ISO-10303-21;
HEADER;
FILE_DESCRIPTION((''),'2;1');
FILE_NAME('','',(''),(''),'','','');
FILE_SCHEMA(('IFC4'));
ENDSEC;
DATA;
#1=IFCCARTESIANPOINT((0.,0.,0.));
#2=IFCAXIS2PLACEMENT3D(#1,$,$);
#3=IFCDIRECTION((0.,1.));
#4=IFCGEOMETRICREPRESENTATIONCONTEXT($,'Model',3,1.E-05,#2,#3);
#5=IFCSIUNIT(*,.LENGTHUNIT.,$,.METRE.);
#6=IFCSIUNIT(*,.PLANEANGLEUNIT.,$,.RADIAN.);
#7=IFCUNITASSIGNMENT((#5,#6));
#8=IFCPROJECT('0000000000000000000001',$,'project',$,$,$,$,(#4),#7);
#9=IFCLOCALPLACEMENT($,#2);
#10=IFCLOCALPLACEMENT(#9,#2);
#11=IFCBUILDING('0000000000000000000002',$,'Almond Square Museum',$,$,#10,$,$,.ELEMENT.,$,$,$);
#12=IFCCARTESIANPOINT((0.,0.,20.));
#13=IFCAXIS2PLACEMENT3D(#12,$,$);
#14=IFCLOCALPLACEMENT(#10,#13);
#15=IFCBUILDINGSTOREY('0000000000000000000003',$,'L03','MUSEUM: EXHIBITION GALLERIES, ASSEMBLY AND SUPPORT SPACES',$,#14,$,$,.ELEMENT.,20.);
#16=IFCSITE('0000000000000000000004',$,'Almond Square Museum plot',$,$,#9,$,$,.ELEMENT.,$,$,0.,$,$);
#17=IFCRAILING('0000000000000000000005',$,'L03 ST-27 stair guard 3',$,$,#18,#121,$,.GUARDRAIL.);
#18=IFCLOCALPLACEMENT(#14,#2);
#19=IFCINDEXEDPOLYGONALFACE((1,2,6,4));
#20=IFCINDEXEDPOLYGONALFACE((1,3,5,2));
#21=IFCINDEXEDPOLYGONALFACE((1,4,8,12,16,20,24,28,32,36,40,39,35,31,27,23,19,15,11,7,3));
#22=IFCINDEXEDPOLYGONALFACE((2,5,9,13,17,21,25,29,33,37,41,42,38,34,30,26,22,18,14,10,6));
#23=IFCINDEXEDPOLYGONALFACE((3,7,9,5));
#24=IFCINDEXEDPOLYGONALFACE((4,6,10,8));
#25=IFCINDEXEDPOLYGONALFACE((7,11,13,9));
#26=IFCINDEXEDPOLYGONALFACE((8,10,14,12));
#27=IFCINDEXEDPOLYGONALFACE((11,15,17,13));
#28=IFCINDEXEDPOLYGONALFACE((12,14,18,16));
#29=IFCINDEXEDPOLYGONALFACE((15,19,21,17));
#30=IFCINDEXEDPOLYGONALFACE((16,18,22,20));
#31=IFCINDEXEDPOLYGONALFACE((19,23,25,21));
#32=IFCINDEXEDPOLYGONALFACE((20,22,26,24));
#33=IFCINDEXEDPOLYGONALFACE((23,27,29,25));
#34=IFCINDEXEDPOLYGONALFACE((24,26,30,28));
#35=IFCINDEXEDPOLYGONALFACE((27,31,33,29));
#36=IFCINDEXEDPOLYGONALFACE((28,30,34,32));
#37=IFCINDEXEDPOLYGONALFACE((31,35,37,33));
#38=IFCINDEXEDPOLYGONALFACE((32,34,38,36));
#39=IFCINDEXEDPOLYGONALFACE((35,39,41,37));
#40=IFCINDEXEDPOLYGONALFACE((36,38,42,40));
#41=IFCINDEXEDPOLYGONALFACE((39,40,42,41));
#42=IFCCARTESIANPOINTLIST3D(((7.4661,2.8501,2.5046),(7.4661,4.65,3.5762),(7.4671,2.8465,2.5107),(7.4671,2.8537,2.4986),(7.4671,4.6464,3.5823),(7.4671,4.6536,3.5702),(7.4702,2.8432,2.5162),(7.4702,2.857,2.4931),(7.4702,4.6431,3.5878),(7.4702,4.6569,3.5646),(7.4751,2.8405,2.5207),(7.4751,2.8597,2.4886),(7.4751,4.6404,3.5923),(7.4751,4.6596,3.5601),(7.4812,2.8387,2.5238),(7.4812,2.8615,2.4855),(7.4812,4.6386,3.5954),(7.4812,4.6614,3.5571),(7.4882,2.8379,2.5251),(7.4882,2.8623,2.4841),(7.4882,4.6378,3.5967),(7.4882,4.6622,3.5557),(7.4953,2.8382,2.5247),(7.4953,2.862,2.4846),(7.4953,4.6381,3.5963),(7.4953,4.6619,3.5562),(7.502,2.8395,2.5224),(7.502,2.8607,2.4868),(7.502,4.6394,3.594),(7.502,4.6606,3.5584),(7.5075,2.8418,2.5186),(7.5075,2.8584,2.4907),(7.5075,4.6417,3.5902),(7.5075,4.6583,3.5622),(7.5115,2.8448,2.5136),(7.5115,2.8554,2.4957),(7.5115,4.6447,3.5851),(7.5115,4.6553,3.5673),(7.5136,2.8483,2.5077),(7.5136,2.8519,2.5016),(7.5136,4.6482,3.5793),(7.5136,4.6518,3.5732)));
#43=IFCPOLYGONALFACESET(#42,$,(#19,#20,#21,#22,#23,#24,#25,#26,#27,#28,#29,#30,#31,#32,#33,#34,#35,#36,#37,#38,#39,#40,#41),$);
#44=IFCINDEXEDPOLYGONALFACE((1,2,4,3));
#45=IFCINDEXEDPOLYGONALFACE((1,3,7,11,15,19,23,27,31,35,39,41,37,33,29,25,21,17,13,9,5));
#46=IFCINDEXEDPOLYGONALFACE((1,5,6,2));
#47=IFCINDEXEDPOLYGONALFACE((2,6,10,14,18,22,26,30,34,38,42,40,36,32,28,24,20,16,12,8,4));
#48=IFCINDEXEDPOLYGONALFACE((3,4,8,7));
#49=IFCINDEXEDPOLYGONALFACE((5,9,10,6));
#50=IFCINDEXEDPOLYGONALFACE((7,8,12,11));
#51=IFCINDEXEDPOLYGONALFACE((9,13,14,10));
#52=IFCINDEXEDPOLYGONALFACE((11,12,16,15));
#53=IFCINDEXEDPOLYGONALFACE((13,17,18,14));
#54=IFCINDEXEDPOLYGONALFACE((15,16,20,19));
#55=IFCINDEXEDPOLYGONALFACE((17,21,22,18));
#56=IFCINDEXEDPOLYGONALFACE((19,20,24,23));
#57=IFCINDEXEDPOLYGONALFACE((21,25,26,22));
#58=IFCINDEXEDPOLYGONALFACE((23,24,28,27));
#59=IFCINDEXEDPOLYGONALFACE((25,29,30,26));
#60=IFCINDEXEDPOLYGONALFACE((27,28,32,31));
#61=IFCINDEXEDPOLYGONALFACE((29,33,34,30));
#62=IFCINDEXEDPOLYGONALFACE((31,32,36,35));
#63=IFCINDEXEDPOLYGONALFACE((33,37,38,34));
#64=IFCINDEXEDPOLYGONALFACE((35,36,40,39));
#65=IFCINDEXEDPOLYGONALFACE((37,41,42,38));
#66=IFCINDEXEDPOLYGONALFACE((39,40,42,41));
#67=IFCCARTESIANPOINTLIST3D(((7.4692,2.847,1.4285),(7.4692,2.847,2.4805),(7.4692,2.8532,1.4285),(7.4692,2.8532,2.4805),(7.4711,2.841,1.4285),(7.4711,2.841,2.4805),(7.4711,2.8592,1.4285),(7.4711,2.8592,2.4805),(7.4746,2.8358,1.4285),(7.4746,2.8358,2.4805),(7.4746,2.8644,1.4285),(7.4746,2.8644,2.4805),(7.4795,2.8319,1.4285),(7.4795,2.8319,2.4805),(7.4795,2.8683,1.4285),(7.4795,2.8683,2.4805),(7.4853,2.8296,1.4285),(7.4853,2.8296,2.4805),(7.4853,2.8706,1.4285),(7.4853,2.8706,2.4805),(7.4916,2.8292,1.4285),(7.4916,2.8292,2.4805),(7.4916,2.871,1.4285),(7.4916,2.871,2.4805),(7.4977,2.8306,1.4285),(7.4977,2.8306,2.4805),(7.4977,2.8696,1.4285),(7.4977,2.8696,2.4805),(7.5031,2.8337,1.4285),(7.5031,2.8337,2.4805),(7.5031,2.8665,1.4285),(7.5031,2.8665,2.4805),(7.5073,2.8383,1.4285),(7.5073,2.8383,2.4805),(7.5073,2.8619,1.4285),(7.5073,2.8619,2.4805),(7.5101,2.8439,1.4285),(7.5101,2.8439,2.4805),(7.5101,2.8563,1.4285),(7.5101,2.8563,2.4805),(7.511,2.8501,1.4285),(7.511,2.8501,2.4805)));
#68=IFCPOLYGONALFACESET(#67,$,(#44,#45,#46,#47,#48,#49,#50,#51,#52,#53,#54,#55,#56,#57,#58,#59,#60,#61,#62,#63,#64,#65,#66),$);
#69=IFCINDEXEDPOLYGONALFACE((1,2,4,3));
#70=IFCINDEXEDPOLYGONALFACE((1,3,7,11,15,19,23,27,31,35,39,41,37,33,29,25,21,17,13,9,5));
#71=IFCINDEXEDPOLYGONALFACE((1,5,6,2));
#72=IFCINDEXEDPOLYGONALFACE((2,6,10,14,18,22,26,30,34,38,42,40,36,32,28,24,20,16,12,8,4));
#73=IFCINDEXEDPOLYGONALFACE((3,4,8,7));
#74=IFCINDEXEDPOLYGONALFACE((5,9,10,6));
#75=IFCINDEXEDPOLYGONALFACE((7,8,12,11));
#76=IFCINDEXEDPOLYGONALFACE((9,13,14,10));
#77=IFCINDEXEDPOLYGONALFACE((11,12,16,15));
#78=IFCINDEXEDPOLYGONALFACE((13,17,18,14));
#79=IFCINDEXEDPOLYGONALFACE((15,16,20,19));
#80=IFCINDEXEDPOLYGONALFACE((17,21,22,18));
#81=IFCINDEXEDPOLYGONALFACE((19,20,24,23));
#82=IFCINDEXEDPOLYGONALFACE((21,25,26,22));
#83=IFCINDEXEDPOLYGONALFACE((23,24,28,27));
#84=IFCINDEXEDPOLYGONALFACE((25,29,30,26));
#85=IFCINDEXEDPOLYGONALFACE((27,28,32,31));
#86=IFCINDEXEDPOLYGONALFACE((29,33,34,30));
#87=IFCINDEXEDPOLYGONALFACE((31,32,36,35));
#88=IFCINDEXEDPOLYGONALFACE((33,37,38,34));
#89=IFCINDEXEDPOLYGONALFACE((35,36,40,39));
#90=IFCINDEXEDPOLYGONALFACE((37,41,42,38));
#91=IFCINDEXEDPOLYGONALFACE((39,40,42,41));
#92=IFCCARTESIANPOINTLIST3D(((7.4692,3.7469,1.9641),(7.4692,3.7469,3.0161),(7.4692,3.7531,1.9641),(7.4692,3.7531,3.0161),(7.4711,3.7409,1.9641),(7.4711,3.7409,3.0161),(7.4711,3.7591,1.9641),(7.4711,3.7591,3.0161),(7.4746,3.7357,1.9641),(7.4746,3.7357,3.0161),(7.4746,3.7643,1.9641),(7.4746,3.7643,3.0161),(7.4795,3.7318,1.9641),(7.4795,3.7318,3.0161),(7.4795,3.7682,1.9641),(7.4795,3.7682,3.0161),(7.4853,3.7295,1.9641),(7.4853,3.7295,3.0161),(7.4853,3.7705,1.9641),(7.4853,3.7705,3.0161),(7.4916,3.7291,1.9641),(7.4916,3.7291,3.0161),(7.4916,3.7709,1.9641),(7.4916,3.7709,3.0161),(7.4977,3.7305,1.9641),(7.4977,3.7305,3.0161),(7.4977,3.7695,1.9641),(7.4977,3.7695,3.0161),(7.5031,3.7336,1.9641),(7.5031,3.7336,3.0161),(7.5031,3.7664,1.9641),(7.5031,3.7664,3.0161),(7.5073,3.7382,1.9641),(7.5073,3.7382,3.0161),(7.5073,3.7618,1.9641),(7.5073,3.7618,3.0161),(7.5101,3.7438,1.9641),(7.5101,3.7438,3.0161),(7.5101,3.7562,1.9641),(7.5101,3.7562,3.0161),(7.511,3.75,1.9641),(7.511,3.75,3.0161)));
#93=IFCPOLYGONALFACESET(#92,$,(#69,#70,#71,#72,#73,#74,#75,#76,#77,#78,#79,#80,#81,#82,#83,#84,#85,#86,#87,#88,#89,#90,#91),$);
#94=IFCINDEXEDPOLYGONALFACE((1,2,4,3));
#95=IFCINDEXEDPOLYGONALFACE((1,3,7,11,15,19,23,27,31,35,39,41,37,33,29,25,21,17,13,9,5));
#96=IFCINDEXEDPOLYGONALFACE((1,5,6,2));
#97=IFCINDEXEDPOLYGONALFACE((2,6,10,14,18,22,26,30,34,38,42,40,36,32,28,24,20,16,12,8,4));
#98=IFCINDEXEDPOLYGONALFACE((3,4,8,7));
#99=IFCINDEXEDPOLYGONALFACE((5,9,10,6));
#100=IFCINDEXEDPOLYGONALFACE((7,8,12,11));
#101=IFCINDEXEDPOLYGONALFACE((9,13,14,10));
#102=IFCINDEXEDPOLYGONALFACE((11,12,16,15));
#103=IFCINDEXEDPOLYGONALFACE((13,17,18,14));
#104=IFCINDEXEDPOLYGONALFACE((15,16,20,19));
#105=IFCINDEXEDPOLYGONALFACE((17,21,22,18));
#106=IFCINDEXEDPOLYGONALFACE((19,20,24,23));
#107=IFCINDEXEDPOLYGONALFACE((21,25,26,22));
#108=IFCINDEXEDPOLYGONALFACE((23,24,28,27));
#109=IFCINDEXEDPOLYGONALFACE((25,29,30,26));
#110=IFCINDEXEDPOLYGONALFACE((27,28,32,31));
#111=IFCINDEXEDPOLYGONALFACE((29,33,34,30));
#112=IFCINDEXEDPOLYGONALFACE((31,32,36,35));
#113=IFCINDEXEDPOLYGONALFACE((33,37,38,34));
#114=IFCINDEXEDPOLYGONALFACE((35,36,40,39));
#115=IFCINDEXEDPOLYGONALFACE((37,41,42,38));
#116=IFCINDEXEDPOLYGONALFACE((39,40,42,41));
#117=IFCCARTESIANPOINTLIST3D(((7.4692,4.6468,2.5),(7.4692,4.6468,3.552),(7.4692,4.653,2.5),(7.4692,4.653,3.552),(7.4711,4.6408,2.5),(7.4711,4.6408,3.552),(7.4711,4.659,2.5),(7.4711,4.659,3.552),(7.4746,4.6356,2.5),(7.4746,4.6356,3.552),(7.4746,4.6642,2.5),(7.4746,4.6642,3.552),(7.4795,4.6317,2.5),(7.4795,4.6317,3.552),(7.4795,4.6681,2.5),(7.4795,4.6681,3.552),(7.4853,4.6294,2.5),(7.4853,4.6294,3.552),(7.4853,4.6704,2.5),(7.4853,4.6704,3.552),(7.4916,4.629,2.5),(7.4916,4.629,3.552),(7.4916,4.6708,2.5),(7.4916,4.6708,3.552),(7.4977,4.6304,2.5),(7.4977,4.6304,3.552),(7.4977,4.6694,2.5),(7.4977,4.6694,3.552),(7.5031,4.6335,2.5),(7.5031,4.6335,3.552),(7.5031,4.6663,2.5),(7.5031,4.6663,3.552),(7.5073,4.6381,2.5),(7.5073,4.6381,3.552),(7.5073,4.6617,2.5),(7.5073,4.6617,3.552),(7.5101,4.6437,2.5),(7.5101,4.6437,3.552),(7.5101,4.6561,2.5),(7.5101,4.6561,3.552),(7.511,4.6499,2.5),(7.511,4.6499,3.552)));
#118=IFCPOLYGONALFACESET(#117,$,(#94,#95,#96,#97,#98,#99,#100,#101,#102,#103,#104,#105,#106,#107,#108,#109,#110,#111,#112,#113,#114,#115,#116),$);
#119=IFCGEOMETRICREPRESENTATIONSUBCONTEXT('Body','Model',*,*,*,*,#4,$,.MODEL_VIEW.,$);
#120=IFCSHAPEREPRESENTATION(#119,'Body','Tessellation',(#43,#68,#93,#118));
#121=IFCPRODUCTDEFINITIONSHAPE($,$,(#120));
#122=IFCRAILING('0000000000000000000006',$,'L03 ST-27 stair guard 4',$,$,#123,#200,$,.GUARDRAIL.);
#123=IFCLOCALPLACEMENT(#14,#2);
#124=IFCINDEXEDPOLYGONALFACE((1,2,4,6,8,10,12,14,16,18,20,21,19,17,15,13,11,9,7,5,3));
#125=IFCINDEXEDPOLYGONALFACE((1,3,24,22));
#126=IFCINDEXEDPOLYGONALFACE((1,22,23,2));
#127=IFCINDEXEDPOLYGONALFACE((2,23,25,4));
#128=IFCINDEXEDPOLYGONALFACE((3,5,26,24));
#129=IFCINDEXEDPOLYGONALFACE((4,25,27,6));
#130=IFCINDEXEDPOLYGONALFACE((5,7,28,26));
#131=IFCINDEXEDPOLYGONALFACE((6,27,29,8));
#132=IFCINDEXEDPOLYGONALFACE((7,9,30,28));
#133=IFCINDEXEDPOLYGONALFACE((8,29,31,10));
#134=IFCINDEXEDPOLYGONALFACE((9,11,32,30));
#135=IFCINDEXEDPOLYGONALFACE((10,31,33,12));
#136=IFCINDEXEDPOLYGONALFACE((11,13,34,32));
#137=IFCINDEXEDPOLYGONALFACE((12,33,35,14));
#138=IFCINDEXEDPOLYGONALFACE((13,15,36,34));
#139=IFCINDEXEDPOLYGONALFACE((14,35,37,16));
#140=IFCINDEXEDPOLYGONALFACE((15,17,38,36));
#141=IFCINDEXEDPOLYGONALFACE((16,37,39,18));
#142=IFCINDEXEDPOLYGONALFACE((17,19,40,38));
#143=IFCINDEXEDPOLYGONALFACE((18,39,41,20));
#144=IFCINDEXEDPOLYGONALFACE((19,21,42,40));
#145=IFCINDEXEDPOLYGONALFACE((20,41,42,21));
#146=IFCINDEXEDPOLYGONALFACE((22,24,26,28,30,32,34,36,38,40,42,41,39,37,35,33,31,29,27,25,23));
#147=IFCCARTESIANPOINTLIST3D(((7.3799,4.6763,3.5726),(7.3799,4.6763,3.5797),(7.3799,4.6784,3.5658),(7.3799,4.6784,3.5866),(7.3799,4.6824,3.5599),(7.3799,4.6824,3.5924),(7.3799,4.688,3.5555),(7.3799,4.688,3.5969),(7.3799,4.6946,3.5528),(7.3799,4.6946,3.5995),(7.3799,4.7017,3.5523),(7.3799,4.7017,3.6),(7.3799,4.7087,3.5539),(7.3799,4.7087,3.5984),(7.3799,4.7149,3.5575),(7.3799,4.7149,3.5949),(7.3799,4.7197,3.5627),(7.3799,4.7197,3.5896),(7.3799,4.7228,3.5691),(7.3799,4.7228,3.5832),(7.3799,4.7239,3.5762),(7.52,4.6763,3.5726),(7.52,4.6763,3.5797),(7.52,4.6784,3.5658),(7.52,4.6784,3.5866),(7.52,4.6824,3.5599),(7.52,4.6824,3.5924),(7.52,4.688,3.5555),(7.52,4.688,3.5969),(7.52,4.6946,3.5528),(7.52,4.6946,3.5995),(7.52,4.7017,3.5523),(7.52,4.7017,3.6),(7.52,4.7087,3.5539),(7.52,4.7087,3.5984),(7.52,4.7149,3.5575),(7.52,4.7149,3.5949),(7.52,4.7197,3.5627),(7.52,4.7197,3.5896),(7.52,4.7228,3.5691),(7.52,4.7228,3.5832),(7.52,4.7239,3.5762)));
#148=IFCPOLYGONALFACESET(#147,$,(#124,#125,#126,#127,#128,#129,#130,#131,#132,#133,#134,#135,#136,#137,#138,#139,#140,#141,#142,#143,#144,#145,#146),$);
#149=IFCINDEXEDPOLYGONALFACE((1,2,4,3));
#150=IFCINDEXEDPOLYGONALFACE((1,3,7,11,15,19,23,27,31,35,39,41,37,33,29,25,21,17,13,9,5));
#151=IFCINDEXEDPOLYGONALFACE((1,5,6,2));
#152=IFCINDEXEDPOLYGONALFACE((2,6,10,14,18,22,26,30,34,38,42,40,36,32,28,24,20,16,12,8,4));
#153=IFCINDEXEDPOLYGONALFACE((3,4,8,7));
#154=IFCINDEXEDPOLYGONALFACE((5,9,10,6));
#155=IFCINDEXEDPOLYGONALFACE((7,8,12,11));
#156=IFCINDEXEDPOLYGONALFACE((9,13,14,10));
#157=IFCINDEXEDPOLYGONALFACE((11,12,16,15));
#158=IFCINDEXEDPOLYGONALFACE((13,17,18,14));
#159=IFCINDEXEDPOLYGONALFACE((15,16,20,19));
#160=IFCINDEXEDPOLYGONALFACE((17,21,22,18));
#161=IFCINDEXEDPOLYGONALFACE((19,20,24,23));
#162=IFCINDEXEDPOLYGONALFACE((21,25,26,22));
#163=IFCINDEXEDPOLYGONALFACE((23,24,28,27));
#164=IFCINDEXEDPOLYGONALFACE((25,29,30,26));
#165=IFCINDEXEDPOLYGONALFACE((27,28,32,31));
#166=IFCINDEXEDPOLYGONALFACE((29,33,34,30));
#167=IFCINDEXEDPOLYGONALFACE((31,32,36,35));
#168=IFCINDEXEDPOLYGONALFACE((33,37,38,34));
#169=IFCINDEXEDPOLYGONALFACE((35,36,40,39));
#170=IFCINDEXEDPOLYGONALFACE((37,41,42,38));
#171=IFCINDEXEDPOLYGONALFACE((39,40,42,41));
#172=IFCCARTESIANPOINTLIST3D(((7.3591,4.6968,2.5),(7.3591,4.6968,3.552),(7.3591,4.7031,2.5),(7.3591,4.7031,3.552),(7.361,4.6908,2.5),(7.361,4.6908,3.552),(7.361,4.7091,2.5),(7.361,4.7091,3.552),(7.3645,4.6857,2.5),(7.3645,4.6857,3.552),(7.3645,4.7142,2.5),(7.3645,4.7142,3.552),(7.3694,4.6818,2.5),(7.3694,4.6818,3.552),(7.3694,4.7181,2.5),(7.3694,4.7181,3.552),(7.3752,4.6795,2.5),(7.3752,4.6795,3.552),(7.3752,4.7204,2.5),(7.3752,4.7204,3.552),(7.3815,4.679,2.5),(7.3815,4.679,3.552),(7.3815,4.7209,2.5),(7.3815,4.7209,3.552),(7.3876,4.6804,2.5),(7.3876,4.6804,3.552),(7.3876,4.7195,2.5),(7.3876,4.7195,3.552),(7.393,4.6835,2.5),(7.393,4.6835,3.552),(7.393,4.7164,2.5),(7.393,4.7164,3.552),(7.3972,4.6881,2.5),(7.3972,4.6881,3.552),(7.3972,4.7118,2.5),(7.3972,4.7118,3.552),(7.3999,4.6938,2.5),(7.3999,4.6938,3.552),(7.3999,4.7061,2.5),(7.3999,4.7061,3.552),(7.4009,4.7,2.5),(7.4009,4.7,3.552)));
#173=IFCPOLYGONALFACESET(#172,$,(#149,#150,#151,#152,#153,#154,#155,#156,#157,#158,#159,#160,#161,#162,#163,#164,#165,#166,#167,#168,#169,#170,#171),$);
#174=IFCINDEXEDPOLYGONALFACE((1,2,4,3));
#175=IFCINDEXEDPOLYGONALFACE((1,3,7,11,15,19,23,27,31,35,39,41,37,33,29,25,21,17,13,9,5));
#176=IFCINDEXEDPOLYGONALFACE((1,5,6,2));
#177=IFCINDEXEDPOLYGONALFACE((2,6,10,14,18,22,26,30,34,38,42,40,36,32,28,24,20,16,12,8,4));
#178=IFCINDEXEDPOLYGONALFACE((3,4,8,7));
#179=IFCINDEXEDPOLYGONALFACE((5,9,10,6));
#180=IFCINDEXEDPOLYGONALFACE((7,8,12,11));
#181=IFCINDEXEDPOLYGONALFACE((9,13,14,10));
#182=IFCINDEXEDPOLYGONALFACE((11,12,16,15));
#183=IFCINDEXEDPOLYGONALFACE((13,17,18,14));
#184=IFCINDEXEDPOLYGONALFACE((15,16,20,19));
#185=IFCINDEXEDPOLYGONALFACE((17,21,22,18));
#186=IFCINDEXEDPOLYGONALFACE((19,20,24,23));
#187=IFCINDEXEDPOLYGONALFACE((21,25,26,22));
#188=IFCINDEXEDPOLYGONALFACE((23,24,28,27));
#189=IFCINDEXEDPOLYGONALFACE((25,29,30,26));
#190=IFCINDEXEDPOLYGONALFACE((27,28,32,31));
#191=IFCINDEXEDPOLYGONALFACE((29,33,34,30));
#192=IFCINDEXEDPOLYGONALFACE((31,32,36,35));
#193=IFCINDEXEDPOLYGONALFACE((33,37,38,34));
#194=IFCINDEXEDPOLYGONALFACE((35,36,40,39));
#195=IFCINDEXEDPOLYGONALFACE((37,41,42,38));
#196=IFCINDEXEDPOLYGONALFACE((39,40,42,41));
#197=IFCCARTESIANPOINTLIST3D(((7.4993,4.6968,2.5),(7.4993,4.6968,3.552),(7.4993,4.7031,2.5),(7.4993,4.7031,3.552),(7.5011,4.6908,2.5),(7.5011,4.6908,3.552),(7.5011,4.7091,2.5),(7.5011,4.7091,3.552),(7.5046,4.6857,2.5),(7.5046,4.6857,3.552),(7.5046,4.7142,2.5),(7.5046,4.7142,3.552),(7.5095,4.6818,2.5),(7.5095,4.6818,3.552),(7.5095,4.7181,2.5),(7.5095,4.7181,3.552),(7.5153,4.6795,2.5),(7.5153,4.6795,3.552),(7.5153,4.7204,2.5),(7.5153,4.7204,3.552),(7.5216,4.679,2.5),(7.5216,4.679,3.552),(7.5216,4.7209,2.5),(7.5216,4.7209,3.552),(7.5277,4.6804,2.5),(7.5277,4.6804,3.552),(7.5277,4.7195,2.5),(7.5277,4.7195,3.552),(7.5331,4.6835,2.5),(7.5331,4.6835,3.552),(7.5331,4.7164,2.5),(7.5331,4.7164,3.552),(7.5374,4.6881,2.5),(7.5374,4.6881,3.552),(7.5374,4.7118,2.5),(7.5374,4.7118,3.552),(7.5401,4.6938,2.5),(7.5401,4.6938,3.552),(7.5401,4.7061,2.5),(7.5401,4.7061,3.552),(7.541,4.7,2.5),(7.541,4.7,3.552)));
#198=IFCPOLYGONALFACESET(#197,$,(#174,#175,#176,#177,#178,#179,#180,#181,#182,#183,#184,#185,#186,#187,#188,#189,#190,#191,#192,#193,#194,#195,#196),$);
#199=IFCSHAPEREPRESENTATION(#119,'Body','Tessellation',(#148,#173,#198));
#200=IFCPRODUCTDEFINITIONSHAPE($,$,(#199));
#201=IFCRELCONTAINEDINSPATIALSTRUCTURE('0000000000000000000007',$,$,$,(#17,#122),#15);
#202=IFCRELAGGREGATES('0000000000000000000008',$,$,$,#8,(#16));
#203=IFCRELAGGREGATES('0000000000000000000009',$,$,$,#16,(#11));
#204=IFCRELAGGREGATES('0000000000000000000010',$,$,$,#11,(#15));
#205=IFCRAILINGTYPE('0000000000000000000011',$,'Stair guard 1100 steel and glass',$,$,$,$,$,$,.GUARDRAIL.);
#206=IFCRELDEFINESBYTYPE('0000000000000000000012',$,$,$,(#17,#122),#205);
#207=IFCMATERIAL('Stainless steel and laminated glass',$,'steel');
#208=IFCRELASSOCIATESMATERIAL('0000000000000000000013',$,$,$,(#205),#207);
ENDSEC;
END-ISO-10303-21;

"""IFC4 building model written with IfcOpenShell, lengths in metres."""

from ifc_helpers import new_model, si_unit, direction, frame, origin, origin_2d, place, context, subcontext, project, spatial, circle, extrude, material, type_object, element, save


model = new_model("IFC4")

# Units and contexts
model_context = context("Model", 3, precision=1e-05, world=origin(), true_north=direction((0.0, 1.0)))
body_context = subcontext(model_context, "Body", "Model", "MODEL_VIEW")
ifc_project = project(units=[si_unit("LENGTHUNIT", "METRE"), si_unit("PLANEANGLEUNIT", "RADIAN")], contexts=[model_context])

# Site, building, storey
site_placement = place(None, origin())
site = spatial("IfcSite", under=ifc_project, at=site_placement, Name="Almond Square Museum plot", CompositionType="ELEMENT", RefElevation=0.0)
building_placement = place(site_placement, origin())
building = spatial("IfcBuilding", under=site, at=building_placement, Name="Almond Square Museum", CompositionType="ELEMENT")
storey_placement = place(building_placement, frame((0.0, 0.0, 20.0)))
storey = spatial("IfcBuildingStorey", under=building, at=storey_placement, Name="L03", Description="MUSEUM: EXHIBITION GALLERIES, ASSEMBLY AND SUPPORT SPACES", CompositionType="ELEMENT", Elevation=20.0)

# Railings
ifc_material_1 = material(Name="Stainless steel and laminated glass", Category="steel")
railing_type_1 = type_object("IfcRailingType", Name="Stair guard 1100 steel and glass", PredefinedType="GUARDRAIL", material=ifc_material_1)
railing_1_placement = place(storey_placement, frame((7.49, 2.8501, 1.4285)))
element("IfcRailing", 1, at=railing_1_placement, inside=storey, type_object=railing_type_1, Name="L03 ST-27 stair guard 3", PredefinedType="GUARDRAIL", context=body_context, shape_type="SweptSolid", body=[
    extrude(circle(Radius=0.0239, at=origin_2d()), frame((0.0, 0.0, 1.0762), z_axis=(0.0, 0.859247, 0.511562), x_axis=(-1.0, 0.0, 0.0)), (0.0, 0.0, 1.0), 2.0947),
    extrude(circle(Radius=0.021, at=origin_2d()), origin(), (0.0, 0.0, 1.0), 1.052),
    extrude(circle(Radius=0.021, at=origin_2d()), frame((0.0, 0.8999, 0.5356)), (0.0, 0.0, 1.0), 1.052),
    extrude(circle(Radius=0.021, at=origin_2d()), frame((0.0, 1.7998, 1.0715)), (0.0, 0.0, 1.0), 1.052),
])
railing_2_placement = place(storey_placement, frame((7.3799, 4.7, 2.5)))
element("IfcRailing", 2, at=railing_2_placement, inside=storey, type_object=railing_type_1, Name="L03 ST-27 stair guard 4", PredefinedType="GUARDRAIL", context=body_context, shape_type="SweptSolid", body=[
    extrude(circle(Radius=0.0239, at=origin_2d()), frame((0.0, 0.0, 1.0762), z_axis=(1.0, 0.0, 0.0), x_axis=(0.0, 1.0, 0.0)), (0.0, 0.0, 1.0), 0.1401),
    extrude(circle(Radius=0.021, at=origin_2d()), origin(), (0.0, 0.0, 1.0), 1.052),
    extrude(circle(Radius=0.021, at=origin_2d()), frame((0.1401, 0.0, 0.0)), (0.0, 0.0, 1.0), 1.052),
])

save(model, "model.ifc")
